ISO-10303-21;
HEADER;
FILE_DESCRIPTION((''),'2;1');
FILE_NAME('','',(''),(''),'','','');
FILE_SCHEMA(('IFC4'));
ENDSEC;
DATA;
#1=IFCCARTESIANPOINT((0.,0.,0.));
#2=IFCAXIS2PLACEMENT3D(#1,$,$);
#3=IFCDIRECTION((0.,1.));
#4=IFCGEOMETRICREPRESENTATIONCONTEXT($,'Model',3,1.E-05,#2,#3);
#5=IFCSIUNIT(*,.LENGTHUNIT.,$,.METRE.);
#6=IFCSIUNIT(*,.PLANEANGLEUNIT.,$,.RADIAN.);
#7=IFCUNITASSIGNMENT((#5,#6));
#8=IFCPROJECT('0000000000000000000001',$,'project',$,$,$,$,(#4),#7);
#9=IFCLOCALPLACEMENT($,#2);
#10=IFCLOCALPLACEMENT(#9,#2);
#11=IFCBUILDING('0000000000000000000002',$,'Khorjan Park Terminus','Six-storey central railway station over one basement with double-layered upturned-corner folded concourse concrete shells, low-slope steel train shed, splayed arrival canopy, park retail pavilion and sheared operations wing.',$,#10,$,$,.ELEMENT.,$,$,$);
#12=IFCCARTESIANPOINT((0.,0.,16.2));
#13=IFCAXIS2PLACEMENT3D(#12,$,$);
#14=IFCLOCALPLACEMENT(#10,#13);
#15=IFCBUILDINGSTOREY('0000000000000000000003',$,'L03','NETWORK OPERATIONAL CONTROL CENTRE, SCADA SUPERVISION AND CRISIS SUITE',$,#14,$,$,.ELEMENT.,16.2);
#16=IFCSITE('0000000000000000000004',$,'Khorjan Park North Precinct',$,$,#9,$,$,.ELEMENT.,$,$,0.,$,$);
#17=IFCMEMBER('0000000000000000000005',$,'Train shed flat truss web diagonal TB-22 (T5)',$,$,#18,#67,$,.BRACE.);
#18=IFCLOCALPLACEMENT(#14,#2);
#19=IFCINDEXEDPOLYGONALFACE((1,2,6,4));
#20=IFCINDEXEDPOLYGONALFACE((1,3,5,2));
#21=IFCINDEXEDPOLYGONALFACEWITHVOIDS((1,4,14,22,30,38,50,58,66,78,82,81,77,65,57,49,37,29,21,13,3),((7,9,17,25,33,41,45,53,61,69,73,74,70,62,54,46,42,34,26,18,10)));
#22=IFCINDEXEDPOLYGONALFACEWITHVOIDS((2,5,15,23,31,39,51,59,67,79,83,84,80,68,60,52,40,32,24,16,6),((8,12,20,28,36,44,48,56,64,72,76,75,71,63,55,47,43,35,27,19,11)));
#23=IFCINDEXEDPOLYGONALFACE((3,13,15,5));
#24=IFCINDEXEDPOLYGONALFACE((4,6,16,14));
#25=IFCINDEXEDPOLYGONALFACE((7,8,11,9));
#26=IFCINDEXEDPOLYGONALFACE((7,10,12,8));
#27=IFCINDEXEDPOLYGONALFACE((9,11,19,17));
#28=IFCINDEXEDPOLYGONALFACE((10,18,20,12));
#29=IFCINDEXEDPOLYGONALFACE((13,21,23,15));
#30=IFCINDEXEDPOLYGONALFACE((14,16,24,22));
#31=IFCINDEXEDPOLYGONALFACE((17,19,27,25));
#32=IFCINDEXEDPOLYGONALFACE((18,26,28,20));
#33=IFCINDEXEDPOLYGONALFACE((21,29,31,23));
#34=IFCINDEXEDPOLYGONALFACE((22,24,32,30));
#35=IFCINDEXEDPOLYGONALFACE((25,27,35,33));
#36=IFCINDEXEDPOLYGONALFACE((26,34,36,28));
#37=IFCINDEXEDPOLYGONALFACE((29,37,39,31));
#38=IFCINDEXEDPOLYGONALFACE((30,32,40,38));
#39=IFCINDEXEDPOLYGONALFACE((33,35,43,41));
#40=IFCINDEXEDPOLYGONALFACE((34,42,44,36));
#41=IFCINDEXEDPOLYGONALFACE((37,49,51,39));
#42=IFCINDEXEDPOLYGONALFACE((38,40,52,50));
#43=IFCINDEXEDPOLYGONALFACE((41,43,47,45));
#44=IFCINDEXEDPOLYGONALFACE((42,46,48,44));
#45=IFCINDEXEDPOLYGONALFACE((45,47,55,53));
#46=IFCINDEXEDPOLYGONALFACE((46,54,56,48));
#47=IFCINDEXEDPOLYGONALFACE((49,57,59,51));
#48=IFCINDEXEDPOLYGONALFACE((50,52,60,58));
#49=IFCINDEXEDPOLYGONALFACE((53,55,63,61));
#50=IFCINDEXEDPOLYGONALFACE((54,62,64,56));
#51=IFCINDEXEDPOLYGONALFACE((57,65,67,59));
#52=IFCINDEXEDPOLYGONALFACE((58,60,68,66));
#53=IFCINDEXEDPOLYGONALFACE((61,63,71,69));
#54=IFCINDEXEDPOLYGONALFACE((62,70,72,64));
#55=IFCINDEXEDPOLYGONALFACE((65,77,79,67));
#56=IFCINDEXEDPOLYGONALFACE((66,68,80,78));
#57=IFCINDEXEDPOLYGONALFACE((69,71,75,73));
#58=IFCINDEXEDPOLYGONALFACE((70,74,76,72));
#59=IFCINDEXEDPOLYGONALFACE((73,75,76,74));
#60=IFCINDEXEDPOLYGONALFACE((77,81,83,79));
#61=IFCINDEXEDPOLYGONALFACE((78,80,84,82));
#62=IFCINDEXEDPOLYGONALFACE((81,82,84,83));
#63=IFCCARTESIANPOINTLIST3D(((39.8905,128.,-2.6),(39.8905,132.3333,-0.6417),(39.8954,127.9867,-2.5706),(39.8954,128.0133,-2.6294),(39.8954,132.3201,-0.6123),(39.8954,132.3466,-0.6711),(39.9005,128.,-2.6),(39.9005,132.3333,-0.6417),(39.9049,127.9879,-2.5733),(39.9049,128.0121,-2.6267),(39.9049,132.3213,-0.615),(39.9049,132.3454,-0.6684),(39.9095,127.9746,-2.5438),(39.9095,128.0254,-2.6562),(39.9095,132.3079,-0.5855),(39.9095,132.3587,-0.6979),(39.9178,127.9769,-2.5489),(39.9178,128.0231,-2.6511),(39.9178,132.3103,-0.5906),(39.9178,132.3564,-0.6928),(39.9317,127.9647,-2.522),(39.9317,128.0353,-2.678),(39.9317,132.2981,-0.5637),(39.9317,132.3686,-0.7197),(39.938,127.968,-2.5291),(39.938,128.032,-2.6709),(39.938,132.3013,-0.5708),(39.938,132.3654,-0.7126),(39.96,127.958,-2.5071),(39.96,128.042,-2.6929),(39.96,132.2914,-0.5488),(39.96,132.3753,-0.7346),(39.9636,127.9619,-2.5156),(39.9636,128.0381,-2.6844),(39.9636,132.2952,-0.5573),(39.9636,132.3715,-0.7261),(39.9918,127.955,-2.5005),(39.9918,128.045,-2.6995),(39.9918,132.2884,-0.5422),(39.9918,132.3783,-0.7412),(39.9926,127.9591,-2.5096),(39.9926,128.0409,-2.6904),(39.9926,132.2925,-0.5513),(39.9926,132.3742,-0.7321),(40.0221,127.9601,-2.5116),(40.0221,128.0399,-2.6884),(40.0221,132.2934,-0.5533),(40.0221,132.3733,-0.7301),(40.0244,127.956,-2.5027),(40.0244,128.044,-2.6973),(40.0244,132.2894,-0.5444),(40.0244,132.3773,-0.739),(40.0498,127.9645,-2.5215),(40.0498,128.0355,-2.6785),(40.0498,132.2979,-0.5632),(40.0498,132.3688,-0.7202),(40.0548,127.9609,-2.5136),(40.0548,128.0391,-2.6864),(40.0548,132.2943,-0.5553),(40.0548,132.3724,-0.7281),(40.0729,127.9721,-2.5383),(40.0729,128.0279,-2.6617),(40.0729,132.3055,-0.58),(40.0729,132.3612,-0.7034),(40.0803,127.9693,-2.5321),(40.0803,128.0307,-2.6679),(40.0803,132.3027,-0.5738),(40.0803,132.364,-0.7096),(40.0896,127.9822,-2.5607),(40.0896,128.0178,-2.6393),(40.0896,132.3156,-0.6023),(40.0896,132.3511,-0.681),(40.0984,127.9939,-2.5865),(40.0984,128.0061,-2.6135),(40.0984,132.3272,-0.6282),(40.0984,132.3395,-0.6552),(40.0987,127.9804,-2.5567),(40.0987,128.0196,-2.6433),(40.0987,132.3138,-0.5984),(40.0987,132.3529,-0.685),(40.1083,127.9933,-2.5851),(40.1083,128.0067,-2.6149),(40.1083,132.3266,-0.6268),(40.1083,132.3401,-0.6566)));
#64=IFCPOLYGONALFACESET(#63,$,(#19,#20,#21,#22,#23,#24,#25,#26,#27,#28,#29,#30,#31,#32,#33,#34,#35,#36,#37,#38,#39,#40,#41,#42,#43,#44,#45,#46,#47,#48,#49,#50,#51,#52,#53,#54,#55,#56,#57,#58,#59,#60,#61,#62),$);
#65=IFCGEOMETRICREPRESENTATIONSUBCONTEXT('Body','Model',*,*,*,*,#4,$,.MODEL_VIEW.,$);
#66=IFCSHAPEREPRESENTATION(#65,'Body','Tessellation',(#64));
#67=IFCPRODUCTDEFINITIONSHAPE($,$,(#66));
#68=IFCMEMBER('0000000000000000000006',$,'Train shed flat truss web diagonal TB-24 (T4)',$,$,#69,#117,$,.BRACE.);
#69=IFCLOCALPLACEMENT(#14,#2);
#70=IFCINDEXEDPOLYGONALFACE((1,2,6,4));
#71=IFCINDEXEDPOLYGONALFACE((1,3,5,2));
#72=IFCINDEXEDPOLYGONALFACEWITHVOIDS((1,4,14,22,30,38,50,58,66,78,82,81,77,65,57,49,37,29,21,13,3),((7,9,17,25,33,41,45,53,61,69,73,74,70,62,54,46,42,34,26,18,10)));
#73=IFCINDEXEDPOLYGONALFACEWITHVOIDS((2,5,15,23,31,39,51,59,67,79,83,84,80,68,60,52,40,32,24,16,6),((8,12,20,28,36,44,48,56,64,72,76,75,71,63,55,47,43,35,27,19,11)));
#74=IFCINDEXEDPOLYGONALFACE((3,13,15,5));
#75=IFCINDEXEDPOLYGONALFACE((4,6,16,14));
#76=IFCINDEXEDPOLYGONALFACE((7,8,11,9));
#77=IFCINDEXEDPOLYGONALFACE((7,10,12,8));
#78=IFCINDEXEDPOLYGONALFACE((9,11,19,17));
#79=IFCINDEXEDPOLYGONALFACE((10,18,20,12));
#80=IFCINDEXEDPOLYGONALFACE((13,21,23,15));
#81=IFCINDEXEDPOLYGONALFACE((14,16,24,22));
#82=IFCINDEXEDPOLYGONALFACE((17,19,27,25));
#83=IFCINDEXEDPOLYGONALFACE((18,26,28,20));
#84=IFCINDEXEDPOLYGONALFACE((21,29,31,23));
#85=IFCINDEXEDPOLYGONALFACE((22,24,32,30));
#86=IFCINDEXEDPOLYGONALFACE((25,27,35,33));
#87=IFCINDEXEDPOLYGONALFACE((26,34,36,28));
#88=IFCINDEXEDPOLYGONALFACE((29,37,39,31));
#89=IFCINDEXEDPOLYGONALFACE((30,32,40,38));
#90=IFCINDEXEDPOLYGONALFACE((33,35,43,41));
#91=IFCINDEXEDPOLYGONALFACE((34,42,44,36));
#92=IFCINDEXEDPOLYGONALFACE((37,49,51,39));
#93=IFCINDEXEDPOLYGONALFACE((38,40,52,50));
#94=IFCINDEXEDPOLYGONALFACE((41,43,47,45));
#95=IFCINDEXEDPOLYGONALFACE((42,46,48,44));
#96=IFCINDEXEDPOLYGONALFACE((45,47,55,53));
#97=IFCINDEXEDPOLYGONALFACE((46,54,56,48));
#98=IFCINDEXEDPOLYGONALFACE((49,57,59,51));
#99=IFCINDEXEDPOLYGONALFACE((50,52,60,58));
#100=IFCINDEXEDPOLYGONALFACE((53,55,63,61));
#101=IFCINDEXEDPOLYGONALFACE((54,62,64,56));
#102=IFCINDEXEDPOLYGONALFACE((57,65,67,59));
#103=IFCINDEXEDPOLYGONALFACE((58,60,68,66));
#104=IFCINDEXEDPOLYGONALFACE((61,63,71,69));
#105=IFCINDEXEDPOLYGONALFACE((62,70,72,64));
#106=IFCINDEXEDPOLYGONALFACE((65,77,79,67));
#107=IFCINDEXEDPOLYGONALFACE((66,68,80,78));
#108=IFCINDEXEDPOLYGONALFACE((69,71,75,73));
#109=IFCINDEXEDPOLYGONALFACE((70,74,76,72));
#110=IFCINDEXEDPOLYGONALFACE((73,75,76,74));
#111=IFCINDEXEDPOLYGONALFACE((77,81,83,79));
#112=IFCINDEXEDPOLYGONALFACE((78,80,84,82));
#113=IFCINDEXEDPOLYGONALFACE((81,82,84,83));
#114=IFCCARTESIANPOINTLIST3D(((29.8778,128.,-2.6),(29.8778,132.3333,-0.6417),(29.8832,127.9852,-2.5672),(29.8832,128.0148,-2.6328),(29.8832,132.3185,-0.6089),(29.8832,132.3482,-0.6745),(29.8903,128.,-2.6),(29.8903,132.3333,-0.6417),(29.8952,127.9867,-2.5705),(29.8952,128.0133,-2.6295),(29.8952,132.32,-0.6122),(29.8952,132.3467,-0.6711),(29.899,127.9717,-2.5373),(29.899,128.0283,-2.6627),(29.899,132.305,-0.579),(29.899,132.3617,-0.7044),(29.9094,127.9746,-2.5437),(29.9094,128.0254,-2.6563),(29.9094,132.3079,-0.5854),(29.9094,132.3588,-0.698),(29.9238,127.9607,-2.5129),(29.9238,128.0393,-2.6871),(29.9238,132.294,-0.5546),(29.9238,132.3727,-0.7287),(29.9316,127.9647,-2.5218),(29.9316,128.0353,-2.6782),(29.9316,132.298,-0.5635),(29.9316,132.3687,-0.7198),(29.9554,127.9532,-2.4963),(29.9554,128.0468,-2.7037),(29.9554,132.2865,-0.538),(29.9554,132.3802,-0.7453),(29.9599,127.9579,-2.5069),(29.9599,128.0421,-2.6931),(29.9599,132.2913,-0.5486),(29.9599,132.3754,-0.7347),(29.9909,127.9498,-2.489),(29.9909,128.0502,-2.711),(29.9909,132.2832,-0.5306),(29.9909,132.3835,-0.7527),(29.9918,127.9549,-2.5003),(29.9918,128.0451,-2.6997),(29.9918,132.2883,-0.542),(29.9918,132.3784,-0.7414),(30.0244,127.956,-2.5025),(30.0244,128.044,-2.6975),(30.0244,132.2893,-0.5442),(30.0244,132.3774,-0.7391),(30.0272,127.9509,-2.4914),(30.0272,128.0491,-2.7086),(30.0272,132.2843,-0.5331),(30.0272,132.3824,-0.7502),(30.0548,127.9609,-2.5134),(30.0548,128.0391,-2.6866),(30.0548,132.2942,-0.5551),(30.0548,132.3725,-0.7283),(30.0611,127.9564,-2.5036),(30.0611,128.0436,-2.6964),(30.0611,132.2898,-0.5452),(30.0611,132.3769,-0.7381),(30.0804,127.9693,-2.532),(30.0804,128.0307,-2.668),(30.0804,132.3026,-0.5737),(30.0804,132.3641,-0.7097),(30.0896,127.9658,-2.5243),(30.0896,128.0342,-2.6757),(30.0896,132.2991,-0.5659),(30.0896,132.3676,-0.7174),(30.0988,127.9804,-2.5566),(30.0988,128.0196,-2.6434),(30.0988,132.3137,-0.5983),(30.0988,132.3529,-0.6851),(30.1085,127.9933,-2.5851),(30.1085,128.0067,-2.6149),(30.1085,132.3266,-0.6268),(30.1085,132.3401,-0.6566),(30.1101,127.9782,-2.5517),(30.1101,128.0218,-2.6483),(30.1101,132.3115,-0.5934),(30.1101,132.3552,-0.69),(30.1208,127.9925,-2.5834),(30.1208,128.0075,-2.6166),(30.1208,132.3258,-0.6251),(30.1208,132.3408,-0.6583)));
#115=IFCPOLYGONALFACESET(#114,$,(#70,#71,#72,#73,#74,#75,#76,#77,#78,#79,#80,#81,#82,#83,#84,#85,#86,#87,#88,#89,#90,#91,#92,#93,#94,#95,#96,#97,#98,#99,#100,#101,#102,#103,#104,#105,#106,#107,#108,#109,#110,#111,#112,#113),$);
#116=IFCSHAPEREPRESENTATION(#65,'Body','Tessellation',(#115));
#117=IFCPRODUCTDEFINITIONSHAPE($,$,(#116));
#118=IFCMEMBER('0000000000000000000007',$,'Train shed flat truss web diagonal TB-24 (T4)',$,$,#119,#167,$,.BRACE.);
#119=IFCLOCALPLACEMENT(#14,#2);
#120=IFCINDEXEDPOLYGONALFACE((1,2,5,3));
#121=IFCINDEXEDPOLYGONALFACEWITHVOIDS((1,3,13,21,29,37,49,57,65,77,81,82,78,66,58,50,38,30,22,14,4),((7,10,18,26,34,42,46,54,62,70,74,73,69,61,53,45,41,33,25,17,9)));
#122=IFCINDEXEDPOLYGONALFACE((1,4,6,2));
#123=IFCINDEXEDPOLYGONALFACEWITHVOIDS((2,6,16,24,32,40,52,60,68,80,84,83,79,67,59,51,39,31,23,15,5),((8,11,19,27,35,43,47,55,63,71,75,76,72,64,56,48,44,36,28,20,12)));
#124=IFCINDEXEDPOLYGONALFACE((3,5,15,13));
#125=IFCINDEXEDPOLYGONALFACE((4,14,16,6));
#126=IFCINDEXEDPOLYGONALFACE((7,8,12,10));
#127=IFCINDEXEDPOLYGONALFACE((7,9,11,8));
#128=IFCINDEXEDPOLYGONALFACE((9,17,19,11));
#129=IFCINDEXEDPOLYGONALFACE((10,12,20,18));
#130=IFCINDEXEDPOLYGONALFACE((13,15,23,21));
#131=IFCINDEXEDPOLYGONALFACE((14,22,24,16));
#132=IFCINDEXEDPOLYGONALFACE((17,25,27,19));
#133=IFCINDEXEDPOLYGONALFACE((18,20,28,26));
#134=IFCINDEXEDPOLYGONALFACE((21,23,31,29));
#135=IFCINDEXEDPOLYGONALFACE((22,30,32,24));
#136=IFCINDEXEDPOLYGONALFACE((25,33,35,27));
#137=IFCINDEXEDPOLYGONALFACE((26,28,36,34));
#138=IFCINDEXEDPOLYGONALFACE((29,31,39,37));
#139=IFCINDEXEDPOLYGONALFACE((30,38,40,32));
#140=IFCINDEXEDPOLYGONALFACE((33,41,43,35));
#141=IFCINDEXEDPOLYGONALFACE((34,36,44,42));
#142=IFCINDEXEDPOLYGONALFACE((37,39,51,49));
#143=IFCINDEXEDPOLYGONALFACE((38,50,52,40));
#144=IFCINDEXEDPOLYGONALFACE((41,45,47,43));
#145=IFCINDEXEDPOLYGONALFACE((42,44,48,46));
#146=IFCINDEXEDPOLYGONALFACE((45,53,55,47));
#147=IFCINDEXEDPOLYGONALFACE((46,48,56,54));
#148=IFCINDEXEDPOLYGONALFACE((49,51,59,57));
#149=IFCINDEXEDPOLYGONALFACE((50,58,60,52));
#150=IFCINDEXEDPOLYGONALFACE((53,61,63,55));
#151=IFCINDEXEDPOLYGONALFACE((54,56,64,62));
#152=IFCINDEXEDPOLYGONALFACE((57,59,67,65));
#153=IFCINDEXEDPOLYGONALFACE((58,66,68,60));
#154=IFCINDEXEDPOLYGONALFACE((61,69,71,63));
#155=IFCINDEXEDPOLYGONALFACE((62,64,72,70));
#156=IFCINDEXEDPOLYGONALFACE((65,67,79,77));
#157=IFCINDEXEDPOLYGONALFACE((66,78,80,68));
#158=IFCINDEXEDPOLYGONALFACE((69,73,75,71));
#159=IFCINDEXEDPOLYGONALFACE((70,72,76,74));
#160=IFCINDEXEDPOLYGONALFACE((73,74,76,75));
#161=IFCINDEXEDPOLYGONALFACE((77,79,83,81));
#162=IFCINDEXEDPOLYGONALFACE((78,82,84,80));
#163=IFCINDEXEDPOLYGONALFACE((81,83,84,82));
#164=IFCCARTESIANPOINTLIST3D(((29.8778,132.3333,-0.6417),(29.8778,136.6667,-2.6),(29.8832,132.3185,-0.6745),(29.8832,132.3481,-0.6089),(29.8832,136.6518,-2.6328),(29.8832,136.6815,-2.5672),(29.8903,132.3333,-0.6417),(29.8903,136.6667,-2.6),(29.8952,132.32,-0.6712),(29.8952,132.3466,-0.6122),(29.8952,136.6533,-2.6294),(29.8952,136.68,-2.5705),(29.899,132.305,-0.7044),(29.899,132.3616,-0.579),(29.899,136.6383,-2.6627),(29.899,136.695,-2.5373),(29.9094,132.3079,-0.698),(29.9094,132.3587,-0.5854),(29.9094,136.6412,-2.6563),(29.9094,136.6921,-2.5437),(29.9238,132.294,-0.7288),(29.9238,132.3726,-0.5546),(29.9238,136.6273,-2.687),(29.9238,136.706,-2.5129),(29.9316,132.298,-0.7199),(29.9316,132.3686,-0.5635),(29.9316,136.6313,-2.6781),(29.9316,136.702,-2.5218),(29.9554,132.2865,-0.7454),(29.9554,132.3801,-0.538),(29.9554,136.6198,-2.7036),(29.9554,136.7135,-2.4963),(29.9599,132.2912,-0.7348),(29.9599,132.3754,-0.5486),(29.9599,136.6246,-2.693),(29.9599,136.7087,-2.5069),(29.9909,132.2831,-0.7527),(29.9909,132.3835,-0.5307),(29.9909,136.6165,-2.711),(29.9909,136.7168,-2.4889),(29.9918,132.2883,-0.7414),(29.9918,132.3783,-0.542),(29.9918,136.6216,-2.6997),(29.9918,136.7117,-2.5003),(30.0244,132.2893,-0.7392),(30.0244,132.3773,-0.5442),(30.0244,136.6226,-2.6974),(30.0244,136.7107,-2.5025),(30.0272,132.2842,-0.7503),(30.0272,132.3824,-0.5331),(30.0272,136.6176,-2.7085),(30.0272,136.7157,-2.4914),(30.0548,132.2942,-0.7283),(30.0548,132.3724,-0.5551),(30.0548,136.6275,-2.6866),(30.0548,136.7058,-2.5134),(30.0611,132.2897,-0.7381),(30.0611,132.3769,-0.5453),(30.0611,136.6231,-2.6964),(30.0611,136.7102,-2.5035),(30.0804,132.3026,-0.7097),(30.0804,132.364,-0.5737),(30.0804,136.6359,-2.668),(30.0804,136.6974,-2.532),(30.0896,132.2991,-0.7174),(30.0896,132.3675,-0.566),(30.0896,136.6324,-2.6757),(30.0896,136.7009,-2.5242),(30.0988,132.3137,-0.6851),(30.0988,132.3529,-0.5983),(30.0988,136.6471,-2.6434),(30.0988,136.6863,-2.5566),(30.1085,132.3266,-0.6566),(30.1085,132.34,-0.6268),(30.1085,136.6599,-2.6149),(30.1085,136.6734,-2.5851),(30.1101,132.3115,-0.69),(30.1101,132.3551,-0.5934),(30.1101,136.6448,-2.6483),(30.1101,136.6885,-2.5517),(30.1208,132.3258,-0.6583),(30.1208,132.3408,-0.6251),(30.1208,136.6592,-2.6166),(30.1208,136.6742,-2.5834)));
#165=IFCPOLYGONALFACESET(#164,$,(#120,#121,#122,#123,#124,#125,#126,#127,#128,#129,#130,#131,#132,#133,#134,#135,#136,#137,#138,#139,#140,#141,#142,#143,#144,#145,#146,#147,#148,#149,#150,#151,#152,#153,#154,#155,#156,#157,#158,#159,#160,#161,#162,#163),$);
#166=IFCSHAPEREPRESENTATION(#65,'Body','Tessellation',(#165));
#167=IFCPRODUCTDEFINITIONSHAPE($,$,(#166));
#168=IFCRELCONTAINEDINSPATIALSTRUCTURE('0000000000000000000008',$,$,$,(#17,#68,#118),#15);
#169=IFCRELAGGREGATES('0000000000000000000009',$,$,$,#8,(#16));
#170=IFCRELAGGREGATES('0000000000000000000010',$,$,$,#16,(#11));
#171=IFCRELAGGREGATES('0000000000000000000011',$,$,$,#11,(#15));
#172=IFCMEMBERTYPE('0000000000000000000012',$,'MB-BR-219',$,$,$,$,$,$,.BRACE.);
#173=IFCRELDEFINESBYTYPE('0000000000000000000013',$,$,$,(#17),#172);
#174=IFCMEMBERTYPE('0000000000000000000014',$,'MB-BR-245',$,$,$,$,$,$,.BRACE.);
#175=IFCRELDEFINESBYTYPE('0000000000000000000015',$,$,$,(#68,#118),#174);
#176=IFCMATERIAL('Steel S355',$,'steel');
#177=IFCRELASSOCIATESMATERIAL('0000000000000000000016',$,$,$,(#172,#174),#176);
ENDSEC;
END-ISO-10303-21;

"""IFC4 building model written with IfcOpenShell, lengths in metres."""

from ifc_helpers import new_model, si_unit, direction, frame, origin, origin_2d, place, context, subcontext, project, spatial, hollow_circle, extrude, material, material_profile, profile_set, type_object, element, save


model = new_model("IFC4")

# Units and contexts
model_context = context("Model", 3, precision=1e-05, world=origin(), true_north=direction((0.0, 1.0)))
body_context = subcontext(model_context, "Body", "Model", "MODEL_VIEW")
ifc_project = project(units=[si_unit("LENGTHUNIT", "METRE"), si_unit("PLANEANGLEUNIT", "RADIAN")], contexts=[model_context])

# Site, building, storey
site_placement = place(None, origin())
site = spatial("IfcSite", under=ifc_project, at=site_placement, Name="Khorjan Park North Precinct", CompositionType="ELEMENT", RefElevation=0.0)
building_placement = place(site_placement, origin())
building = spatial("IfcBuilding", under=site, at=building_placement, Name="Khorjan Park Terminus", Description="Six-storey central railway station over one basement with double-layered upturned-corner folded concourse concrete shells, low-slope steel train shed, splayed arrival canopy, park retail pavilion and sheared operations wing.", CompositionType="ELEMENT")
storey_placement = place(building_placement, frame((0.0, 0.0, 16.2)))
storey = spatial("IfcBuildingStorey", under=building, at=storey_placement, Name="L03", Description="NETWORK OPERATIONAL CONTROL CENTRE, SCADA SUPERVISION AND CRISIS SUITE", CompositionType="ELEMENT", Elevation=16.2)

# Members
ifc_material_1 = material(Name="Steel S355", Category="steel")
ifc_material_profile_1 = material_profile(ifc_material_1, hollow_circle(Radius=0.1095, WallThickness=0.01, at=origin_2d()), Name="CHS 219.1x10")
ifc_profile_set_1 = profile_set([ifc_material_profile_1], Name="Steel S355")
member_type_1 = type_object("IfcMemberType", Name="MB-BR-219", PredefinedType="BRACE", material=ifc_profile_set_1)
member_1_placement = place(storey_placement, frame((40.0, 128.0, -2.6), z_axis=(0.0, 0.911266, 0.411818), x_axis=(-1.0, 0.0, 0.0)))
element("IfcMember", 1, at=member_1_placement, inside=storey, type_object=member_type_1, Name="Train shed flat truss web diagonal TB-22 (T5)", PredefinedType="BRACE", context=body_context, shape_type="SweptSolid", body=[
    extrude(hollow_circle(Radius=0.1095, WallThickness=0.01, at=origin_2d()), origin(), (0.0, 0.0, 1.0), 4.7553),
])
ifc_material_profile_2 = material_profile(ifc_material_1, hollow_circle(Radius=0.1222, WallThickness=0.0125, at=origin_2d()), Name="CHS 244.5x12.5")
ifc_profile_set_2 = profile_set([ifc_material_profile_2], Name="Steel S355")
member_type_2 = type_object("IfcMemberType", Name="MB-BR-245", PredefinedType="BRACE", material=ifc_profile_set_2)
for number, where, z_axis, x_axis, name in (
    (2, (30.0, 128.0, -2.6), (0.0, 0.911266, 0.411818), (-1.0, 0.0, 0.0), "Train shed flat truss web diagonal TB-24 (T4)"),
    (3, (30.0, 132.3333, -0.6417), (0.0, 0.91127, -0.41181), (-1.0, 0.0, 0.0), "Train shed flat truss web diagonal TB-24 (T4)"),
):
    element("IfcMember", number, at=place(storey_placement, frame(where, z_axis=z_axis, x_axis=x_axis)), inside=storey, type_object=member_type_2, Name=name, PredefinedType="BRACE", context=body_context, shape_type="SweptSolid", body=[
        extrude(hollow_circle(Radius=0.1222, WallThickness=0.0125, at=origin_2d()), origin(), (0.0, 0.0, 1.0), 4.7553),
    ])

save(model, "model.ifc")
